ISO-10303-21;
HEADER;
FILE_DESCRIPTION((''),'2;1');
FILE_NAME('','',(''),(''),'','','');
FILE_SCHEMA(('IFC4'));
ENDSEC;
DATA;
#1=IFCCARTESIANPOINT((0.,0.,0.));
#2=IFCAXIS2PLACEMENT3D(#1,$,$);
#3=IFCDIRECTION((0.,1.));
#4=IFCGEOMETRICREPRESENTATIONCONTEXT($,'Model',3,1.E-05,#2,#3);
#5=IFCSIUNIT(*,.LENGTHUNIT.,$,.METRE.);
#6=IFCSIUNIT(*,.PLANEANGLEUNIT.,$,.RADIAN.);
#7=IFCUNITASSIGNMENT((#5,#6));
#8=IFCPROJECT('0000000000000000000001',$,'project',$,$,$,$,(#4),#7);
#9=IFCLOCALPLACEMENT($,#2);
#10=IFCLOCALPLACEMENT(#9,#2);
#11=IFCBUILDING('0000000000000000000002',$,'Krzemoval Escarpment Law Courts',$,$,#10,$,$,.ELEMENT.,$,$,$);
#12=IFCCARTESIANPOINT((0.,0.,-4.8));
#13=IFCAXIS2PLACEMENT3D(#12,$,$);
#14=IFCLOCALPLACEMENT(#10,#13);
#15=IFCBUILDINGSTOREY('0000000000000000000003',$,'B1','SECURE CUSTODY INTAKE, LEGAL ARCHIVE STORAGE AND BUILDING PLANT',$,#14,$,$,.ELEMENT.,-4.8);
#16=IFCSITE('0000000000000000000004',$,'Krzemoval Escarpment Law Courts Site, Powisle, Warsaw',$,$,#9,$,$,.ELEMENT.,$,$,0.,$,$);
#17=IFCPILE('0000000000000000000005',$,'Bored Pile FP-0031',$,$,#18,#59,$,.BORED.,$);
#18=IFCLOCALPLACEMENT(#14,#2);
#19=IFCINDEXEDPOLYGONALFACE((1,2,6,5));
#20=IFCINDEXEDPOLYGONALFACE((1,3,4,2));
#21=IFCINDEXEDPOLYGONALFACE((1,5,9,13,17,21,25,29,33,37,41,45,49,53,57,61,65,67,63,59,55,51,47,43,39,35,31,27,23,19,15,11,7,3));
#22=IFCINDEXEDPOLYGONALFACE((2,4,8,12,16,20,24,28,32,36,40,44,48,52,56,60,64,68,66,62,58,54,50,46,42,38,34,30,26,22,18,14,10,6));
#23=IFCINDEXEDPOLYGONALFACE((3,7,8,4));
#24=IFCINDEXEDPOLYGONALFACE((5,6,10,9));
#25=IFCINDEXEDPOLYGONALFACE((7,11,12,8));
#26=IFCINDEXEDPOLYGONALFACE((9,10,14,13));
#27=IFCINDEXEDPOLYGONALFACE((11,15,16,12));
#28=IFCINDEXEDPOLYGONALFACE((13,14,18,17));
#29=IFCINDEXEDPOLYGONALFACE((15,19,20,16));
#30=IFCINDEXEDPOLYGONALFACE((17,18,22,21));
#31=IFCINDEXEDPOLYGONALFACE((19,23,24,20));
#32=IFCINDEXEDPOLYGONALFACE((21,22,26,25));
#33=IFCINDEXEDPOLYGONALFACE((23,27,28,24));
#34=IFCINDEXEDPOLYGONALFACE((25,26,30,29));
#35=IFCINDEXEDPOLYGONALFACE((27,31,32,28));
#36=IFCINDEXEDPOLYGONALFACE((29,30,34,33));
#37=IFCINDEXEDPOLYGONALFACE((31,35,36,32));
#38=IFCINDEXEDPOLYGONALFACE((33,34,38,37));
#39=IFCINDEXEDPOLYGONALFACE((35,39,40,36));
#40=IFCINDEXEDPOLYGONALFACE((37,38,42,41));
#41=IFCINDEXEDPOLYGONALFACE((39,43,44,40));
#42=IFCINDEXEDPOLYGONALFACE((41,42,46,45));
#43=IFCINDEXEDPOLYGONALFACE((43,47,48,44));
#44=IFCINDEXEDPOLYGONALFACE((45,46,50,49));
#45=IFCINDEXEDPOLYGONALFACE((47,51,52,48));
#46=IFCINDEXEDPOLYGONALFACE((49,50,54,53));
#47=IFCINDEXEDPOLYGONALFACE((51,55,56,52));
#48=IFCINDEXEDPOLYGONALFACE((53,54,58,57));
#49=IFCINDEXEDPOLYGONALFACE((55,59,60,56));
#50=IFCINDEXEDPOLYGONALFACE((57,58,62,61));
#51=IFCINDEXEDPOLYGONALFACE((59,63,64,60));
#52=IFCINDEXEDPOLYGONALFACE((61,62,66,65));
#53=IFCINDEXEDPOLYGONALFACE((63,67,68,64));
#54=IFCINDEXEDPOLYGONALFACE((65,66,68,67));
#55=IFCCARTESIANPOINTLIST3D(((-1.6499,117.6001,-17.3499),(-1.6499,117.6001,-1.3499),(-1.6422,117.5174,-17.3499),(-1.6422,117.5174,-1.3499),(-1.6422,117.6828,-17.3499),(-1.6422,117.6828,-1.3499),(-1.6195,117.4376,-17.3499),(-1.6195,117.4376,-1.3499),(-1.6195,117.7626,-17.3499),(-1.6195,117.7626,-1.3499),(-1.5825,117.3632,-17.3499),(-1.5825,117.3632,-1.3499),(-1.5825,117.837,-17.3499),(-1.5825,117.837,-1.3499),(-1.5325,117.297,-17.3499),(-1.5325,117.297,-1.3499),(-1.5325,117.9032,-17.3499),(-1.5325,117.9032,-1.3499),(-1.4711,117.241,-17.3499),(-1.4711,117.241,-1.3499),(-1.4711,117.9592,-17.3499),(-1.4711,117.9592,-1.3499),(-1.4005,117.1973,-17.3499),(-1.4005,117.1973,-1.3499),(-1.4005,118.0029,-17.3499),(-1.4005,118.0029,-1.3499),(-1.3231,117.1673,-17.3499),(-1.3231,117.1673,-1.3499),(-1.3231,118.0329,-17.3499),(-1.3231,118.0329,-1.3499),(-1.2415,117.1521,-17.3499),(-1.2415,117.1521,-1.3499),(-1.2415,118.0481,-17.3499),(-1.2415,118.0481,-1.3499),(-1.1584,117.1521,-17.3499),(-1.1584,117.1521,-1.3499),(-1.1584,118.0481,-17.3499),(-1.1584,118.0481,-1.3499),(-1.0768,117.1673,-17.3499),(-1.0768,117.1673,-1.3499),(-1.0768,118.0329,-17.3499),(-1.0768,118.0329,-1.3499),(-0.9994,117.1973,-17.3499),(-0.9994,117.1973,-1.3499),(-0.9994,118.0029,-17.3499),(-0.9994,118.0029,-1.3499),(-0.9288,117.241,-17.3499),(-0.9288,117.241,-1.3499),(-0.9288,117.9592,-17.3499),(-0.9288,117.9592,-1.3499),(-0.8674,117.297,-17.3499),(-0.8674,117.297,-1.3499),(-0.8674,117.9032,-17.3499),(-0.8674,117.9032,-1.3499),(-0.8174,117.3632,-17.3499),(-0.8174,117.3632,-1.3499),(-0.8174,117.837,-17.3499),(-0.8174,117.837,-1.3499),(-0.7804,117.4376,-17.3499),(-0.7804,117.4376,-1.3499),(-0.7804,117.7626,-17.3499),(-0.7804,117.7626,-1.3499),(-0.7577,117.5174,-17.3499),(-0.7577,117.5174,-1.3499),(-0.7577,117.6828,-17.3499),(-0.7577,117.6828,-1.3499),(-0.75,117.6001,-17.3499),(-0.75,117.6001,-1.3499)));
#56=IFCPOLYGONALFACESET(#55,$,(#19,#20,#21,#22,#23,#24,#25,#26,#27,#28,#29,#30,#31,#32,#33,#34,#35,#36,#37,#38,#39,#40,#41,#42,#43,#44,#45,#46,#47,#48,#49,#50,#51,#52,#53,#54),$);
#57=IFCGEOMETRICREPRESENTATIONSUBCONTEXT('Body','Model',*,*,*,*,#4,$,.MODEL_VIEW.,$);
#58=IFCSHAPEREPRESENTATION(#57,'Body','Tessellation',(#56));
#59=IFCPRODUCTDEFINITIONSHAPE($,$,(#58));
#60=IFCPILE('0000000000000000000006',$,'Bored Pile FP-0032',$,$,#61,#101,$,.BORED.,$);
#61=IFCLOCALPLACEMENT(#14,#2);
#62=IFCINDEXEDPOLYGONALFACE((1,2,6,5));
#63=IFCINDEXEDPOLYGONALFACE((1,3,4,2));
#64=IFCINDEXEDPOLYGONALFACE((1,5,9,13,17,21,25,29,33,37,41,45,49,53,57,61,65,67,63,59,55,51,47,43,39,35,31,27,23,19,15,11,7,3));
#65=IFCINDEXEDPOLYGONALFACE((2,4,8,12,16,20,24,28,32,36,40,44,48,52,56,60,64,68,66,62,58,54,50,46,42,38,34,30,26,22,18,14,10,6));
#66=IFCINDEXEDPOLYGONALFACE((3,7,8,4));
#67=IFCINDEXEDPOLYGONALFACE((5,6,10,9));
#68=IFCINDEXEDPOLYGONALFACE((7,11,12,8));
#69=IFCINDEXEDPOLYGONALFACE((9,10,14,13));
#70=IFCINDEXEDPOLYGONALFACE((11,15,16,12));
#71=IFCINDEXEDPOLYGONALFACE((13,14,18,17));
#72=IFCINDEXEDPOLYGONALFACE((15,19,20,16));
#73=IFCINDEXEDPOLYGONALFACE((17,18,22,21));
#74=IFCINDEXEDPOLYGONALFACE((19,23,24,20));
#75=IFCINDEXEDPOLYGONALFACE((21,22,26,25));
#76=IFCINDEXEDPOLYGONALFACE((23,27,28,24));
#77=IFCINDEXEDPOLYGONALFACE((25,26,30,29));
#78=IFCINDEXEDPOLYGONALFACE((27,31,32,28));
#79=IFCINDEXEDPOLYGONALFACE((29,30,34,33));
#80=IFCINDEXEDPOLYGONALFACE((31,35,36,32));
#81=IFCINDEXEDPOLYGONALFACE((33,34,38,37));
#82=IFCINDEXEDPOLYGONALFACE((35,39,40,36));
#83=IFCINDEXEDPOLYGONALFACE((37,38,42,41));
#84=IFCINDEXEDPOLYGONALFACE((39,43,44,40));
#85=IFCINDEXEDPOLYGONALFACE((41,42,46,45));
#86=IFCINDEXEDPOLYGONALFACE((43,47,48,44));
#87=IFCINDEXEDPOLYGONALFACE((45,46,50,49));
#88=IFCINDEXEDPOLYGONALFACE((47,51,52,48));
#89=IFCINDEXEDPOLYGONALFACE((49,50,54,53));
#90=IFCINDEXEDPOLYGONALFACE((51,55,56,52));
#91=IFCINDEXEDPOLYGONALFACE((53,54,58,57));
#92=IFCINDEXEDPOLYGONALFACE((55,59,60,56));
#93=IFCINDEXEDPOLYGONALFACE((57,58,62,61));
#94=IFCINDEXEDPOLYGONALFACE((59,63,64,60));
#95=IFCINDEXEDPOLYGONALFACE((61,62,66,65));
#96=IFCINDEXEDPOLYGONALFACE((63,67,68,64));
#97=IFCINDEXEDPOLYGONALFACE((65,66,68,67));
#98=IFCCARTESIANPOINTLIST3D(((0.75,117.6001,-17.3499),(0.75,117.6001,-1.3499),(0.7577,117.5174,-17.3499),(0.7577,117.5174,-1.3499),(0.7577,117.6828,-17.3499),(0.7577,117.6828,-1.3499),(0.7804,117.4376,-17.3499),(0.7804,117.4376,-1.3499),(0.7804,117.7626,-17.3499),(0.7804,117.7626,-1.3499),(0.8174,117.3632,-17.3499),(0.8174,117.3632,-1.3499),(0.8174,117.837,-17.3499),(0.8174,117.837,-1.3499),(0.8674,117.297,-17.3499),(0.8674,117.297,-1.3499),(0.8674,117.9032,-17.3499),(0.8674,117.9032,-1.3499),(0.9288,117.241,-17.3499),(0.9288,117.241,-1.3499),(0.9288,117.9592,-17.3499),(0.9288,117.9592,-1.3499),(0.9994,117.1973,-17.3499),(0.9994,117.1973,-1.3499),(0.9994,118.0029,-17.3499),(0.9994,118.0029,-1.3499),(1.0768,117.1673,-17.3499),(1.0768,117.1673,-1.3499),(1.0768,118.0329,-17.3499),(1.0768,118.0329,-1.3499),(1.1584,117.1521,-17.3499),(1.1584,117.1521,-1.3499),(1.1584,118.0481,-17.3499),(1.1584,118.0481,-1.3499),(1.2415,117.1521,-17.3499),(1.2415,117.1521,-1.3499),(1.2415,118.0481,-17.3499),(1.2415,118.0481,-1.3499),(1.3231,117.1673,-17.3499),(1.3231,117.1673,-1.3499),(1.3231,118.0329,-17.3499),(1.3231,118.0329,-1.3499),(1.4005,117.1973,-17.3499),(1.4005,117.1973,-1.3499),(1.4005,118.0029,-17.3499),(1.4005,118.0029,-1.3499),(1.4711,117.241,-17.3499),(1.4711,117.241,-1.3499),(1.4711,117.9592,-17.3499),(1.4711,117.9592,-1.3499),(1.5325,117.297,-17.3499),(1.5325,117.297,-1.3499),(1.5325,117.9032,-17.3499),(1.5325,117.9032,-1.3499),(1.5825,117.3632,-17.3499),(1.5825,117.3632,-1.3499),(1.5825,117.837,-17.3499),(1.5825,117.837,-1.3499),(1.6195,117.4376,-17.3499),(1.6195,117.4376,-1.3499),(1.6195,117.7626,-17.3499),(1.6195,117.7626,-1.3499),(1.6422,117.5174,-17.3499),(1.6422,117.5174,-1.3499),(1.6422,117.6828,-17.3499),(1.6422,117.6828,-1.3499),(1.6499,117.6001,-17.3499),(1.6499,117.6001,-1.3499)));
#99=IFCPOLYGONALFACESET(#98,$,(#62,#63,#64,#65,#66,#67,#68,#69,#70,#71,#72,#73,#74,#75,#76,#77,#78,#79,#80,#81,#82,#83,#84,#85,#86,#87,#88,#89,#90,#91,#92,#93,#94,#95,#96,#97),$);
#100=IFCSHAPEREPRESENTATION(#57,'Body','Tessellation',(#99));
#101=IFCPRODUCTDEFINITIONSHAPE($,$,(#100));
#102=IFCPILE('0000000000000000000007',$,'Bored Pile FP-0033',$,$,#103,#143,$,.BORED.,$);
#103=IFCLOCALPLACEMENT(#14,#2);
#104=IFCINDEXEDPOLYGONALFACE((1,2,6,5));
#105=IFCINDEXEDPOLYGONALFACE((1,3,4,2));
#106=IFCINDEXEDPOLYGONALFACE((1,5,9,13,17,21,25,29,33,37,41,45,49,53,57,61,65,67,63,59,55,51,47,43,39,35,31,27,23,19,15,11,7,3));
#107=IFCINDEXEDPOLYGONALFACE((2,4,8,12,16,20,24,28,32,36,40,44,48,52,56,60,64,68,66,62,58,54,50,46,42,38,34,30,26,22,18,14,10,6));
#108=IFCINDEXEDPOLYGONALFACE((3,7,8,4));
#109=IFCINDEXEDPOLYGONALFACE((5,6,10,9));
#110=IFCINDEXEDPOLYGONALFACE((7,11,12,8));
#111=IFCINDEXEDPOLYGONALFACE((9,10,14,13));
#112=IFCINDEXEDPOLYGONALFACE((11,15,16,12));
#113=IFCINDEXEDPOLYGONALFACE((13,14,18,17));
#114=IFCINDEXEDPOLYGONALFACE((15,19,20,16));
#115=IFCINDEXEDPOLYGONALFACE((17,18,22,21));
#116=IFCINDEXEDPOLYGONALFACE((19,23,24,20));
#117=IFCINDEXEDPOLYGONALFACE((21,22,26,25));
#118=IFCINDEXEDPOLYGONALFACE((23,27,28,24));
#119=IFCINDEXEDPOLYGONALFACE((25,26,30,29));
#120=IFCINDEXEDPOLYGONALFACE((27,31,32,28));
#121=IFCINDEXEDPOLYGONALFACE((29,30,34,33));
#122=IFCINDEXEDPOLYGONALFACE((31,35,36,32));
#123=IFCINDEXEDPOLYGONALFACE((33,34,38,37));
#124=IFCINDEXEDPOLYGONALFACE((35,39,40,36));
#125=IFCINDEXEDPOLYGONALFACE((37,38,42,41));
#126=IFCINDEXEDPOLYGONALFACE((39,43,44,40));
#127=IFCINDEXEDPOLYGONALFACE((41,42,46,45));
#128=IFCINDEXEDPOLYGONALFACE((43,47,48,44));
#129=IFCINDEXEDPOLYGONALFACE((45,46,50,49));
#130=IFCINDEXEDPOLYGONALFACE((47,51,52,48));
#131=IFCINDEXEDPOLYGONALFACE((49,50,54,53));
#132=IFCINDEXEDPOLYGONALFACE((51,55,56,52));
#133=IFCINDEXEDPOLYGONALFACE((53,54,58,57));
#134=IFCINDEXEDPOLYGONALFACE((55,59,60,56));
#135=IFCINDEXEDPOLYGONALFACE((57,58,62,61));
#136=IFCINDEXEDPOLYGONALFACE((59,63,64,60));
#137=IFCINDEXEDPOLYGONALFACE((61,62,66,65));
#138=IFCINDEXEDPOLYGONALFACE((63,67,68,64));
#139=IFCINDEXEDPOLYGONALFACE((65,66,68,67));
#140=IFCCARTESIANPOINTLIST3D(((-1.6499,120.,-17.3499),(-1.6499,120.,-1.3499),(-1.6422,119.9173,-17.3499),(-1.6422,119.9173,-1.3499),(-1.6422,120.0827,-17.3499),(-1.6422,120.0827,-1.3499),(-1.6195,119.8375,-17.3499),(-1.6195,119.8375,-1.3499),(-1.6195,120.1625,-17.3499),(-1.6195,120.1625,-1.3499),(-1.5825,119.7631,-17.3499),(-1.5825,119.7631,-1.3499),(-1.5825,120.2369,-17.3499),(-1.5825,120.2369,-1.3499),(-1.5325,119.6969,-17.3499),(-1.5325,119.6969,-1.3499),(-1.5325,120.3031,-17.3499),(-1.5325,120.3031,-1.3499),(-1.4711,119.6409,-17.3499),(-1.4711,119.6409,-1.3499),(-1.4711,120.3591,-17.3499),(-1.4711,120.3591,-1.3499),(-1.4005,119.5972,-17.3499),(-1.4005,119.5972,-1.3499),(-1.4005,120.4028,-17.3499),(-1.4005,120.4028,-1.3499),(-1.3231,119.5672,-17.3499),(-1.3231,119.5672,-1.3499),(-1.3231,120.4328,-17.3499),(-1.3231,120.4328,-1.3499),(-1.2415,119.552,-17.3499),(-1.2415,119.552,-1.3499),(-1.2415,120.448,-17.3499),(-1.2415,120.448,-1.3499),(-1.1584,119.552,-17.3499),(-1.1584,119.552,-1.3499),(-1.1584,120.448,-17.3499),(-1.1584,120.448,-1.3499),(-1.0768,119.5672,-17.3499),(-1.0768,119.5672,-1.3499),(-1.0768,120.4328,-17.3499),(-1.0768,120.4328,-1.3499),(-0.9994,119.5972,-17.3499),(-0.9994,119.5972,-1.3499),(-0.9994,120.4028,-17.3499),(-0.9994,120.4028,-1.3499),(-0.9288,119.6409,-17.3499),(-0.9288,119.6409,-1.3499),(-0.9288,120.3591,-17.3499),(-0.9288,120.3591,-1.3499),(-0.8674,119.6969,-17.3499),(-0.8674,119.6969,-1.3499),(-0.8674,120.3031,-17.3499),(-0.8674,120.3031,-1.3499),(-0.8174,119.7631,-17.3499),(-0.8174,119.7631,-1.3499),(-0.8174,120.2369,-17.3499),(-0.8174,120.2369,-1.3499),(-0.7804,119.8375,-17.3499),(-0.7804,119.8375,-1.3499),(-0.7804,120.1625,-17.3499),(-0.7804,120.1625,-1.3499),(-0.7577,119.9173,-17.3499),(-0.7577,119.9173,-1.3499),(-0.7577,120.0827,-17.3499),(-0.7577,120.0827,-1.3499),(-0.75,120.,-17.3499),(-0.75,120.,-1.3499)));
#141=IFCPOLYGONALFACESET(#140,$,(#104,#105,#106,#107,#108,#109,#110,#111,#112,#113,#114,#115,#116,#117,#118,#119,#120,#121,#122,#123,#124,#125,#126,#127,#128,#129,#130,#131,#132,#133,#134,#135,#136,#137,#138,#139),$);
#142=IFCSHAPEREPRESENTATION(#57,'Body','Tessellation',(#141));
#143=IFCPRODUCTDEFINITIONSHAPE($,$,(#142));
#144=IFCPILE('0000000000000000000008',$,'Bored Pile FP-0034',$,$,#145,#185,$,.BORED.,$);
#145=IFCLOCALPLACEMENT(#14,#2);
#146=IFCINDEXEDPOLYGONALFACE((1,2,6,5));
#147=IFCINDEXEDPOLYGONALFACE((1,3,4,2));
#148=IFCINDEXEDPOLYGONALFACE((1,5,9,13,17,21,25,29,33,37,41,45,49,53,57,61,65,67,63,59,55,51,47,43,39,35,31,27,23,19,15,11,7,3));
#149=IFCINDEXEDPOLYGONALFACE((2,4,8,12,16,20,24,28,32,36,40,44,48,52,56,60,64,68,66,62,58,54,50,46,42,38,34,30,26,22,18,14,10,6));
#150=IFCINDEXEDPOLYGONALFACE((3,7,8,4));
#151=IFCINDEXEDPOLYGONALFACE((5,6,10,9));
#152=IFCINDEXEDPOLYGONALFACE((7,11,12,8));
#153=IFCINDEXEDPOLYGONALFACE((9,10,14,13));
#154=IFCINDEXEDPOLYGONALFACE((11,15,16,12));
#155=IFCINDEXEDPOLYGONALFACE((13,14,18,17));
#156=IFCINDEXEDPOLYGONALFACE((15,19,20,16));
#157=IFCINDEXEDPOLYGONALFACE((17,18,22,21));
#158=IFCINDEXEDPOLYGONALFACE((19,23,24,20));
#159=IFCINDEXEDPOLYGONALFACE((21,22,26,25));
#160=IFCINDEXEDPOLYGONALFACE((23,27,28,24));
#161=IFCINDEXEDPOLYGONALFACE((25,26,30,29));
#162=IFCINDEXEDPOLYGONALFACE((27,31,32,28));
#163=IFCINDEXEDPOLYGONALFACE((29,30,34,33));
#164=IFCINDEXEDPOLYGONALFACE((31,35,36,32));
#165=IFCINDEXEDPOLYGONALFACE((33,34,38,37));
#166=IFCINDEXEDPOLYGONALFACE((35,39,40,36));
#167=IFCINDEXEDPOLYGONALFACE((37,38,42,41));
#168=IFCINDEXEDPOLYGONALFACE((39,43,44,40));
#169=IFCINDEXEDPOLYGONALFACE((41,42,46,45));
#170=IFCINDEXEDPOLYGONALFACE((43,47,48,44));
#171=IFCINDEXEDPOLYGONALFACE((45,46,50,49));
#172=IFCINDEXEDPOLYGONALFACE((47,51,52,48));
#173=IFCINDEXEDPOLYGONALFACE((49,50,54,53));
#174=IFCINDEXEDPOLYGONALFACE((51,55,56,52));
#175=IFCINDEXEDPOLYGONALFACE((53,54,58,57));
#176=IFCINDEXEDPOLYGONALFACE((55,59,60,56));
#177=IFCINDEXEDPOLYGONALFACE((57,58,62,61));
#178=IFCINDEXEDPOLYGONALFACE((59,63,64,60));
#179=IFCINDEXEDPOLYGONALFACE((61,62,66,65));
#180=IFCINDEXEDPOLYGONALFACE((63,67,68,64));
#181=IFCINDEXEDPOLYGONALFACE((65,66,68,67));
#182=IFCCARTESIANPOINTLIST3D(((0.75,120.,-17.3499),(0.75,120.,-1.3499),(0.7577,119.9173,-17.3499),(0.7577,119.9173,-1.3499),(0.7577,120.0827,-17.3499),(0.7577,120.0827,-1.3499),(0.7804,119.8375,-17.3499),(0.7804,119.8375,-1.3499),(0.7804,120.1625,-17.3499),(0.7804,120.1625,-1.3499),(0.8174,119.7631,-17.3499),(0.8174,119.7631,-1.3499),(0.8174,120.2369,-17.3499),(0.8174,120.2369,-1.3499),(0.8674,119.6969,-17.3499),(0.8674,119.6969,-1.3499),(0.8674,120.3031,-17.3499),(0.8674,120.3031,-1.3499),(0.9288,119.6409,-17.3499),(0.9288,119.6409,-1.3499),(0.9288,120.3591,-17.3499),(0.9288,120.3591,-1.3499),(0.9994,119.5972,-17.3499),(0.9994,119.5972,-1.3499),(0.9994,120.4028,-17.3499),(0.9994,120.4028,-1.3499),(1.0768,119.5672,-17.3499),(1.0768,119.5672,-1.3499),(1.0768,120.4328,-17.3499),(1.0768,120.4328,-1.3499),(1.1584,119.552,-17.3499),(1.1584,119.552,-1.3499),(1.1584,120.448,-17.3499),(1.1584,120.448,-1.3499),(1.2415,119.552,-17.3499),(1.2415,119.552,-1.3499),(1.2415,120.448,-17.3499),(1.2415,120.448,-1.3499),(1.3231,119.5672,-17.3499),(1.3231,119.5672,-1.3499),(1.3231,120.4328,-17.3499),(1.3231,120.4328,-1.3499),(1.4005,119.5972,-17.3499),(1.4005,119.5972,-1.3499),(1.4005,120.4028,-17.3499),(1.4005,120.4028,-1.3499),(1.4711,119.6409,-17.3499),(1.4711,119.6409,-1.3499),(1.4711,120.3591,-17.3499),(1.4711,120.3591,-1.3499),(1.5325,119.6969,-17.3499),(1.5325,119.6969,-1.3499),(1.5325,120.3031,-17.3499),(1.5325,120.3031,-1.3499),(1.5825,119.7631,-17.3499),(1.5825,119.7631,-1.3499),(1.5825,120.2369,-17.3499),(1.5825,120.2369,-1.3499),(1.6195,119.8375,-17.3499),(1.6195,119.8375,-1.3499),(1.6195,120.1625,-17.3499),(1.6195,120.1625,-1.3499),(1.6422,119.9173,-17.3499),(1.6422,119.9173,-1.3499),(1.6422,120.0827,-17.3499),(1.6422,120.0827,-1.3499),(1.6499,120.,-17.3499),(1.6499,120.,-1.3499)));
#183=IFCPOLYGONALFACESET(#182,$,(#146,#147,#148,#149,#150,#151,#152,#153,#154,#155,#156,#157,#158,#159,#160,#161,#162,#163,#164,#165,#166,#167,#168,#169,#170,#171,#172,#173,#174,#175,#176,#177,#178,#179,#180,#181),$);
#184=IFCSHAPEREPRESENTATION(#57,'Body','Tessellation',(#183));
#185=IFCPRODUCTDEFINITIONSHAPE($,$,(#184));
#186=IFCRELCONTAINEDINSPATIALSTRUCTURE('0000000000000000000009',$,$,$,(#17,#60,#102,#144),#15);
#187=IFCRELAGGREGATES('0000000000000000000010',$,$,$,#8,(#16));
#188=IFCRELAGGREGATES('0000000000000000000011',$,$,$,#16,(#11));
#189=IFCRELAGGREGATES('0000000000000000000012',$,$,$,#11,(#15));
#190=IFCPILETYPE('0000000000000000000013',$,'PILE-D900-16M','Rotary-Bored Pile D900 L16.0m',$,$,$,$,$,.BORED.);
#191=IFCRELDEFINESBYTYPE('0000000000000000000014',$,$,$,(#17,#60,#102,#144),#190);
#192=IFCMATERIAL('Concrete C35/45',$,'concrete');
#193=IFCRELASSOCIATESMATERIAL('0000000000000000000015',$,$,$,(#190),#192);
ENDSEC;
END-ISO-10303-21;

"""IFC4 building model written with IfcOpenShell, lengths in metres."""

from ifc_helpers import new_model, si_unit, direction, frame, origin, origin_2d, place, context, subcontext, project, spatial, circle, extrude, material, material_profile, profile_set, type_object, element, save


model = new_model("IFC4")

# Units and contexts
model_context = context("Model", 3, precision=1e-05, world=origin(), true_north=direction((0.0, 1.0)))
body_context = subcontext(model_context, "Body", "Model", "MODEL_VIEW")
ifc_project = project(units=[si_unit("LENGTHUNIT", "METRE"), si_unit("PLANEANGLEUNIT", "RADIAN")], contexts=[model_context])

# Site, building, storey
site_placement = place(None, origin())
site = spatial("IfcSite", under=ifc_project, at=site_placement, Name="Krzemoval Escarpment Law Courts Site, Powisle, Warsaw", CompositionType="ELEMENT", RefElevation=0.0)
building_placement = place(site_placement, origin())
building = spatial("IfcBuilding", under=site, at=building_placement, Name="Krzemoval Escarpment Law Courts", CompositionType="ELEMENT")
storey_placement = place(building_placement, frame((0.0, 0.0, -4.8)))
storey = spatial("IfcBuildingStorey", under=building, at=storey_placement, Name="B1", Description="SECURE CUSTODY INTAKE, LEGAL ARCHIVE STORAGE AND BUILDING PLANT", CompositionType="ELEMENT", Elevation=-4.8)

# Piles
ifc_material_1 = material(Name="Concrete C35/45", Category="concrete")
ifc_material_profile_1 = material_profile(ifc_material_1, circle(Radius=0.45, at=origin_2d()), Name="PILE D900")
ifc_profile_set_1 = profile_set([ifc_material_profile_1], Name="Concrete C35/45")
pile_type = type_object("IfcPileType", Name="PILE-D900-16M", Description="Rotary-Bored Pile D900 L16.0m", PredefinedType="BORED", material=ifc_profile_set_1)
for number, where, z_axis, x_axis, name in (
    (1, (-1.2, 117.6001, -1.3499), (0.0, 0.0, -1.0), (1.0, 0.0, 0.0), "Bored Pile FP-0031"),
    (2, (1.2, 117.6001, -1.3499), (0.0, 0.0, -1.0), (1.0, 0.0, 0.0), "Bored Pile FP-0032"),
    (3, (-1.2, 120.0, -1.3499), (0.0, 0.0, -1.0), (1.0, 0.0, 0.0), "Bored Pile FP-0033"),
    (4, (1.2, 120.0, -1.3499), (0.0, 0.0, -1.0), (1.0, 0.0, 0.0), "Bored Pile FP-0034"),
):
    element("IfcPile", number, at=place(storey_placement, frame(where, z_axis=z_axis, x_axis=x_axis)), inside=storey, type_object=pile_type, Name=name, PredefinedType="BORED", context=body_context, shape_type="SweptSolid", body=[
        extrude(circle(Radius=0.45, at=origin_2d()), origin(), (0.0, 0.0, 1.0), 16.0),
    ])

save(model, "model.ifc")
